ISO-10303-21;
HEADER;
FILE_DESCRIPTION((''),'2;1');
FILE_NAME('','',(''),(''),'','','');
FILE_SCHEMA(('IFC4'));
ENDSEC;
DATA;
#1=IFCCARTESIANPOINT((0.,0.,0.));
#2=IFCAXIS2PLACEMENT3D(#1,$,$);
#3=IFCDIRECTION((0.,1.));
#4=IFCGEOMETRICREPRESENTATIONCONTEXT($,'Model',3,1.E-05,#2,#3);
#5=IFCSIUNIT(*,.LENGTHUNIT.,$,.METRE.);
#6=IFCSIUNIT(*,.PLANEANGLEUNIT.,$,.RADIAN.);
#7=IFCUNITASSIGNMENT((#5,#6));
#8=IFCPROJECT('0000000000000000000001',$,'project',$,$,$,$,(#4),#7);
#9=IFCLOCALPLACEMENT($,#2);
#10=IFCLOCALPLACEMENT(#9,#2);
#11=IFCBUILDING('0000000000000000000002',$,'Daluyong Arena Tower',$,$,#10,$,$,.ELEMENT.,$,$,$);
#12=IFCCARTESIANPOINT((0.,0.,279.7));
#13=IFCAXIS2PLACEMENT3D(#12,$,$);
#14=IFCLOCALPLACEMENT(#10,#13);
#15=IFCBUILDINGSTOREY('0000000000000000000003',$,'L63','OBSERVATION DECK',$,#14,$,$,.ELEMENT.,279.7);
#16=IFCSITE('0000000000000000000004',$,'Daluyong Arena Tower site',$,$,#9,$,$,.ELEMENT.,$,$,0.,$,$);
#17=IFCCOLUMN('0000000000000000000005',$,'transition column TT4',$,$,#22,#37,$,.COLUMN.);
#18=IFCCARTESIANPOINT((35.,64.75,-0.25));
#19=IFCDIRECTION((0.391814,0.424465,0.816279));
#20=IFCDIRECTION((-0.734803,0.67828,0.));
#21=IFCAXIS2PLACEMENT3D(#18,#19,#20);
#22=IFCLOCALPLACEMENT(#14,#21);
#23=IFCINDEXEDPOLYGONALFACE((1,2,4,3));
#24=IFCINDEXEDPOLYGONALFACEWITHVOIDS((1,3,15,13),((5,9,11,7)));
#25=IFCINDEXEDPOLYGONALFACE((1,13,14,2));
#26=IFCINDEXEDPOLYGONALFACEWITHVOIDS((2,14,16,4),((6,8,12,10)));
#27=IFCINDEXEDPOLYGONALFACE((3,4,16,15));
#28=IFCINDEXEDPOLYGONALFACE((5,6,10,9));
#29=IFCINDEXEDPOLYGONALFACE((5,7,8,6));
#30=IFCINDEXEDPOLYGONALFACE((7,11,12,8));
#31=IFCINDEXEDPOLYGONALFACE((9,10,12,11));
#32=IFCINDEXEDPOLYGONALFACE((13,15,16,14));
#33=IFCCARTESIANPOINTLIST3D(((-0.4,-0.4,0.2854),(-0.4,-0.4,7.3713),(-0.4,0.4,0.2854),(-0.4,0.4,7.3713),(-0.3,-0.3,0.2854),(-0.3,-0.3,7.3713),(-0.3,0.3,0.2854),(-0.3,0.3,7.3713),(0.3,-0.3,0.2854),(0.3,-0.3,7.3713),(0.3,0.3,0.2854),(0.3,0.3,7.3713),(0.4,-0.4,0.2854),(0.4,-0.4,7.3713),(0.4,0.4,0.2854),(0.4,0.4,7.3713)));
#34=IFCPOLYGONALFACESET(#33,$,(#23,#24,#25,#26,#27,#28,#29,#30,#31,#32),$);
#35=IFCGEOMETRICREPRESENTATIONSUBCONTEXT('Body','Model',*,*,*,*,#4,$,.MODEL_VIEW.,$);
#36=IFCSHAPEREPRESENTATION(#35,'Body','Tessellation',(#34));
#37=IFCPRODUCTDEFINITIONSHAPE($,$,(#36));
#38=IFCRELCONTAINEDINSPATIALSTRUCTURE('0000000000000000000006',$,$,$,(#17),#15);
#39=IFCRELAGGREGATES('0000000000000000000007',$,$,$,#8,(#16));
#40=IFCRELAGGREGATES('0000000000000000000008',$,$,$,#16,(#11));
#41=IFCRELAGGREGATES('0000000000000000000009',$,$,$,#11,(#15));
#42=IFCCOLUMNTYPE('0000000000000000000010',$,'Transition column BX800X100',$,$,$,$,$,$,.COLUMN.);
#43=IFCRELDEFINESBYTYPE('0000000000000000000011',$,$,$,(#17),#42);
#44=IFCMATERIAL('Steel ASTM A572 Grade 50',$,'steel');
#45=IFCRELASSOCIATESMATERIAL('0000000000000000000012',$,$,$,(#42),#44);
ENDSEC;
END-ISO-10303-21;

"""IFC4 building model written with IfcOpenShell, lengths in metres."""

from ifc_helpers import new_model, si_unit, direction, frame, origin, origin_2d, place, context, subcontext, project, spatial, hollow_rectangle, extrude, clip, halfspace, material, material_profile, profile_set, type_object, element, save


model = new_model("IFC4")

# Units and contexts
model_context = context("Model", 3, precision=1e-05, world=origin(), true_north=direction((0.0, 1.0)))
body_context = subcontext(model_context, "Body", "Model", "MODEL_VIEW")
ifc_project = project(units=[si_unit("LENGTHUNIT", "METRE"), si_unit("PLANEANGLEUNIT", "RADIAN")], contexts=[model_context])

# Site, building, storey
site_placement = place(None, origin())
site = spatial("IfcSite", under=ifc_project, at=site_placement, Name="Daluyong Arena Tower site", CompositionType="ELEMENT", RefElevation=0.0)
building_placement = place(site_placement, origin())
building = spatial("IfcBuilding", under=site, at=building_placement, Name="Daluyong Arena Tower", CompositionType="ELEMENT")
storey_placement = place(building_placement, frame((0.0, 0.0, 279.7)))
storey = spatial("IfcBuildingStorey", under=building, at=storey_placement, Name="L63", Description="OBSERVATION DECK", CompositionType="ELEMENT", Elevation=279.7)

# Column
ifc_material_1 = material(Name="Steel ASTM A572 Grade 50", Category="steel")
ifc_material_profile_1 = material_profile(ifc_material_1, hollow_rectangle(XDim=0.8, YDim=0.8, WallThickness=0.1, at=origin_2d()))
ifc_profile_set_1 = profile_set([ifc_material_profile_1], Name="Steel ASTM A572 Grade 50")
column_type_1 = type_object("IfcColumnType", Name="Transition column BX800X100", PredefinedType="COLUMN", material=ifc_profile_set_1)
column_placement = place(storey_placement, frame((35.0, 64.75, -0.25), z_axis=(0.391814, 0.424465, 0.816279), x_axis=(-0.734803, 0.67828, 0.0)))
element("IfcColumn", 1, at=column_placement, inside=storey, type_object=column_type_1, Name="transition column TT4", PredefinedType="COLUMN", context=body_context, shape_type="Clipping", body=[
    clip(clip(extrude(hollow_rectangle(XDim=0.8, YDim=0.8, WallThickness=0.1, at=origin_2d()), origin(), (0.0, 0.0, 1.0), 7.6567), halfspace(frame((0.0, 0.0, 0.2854), z_axis=(0.0, 0.0, 1.0), x_axis=(1.0, 0.0, 0.0)), True)), halfspace(frame((0.0, 0.0, 7.3713), z_axis=(0.0, 0.0, -1.0), x_axis=(1.0, 0.0, 0.0)), True)),
])

save(model, "model.ifc")
